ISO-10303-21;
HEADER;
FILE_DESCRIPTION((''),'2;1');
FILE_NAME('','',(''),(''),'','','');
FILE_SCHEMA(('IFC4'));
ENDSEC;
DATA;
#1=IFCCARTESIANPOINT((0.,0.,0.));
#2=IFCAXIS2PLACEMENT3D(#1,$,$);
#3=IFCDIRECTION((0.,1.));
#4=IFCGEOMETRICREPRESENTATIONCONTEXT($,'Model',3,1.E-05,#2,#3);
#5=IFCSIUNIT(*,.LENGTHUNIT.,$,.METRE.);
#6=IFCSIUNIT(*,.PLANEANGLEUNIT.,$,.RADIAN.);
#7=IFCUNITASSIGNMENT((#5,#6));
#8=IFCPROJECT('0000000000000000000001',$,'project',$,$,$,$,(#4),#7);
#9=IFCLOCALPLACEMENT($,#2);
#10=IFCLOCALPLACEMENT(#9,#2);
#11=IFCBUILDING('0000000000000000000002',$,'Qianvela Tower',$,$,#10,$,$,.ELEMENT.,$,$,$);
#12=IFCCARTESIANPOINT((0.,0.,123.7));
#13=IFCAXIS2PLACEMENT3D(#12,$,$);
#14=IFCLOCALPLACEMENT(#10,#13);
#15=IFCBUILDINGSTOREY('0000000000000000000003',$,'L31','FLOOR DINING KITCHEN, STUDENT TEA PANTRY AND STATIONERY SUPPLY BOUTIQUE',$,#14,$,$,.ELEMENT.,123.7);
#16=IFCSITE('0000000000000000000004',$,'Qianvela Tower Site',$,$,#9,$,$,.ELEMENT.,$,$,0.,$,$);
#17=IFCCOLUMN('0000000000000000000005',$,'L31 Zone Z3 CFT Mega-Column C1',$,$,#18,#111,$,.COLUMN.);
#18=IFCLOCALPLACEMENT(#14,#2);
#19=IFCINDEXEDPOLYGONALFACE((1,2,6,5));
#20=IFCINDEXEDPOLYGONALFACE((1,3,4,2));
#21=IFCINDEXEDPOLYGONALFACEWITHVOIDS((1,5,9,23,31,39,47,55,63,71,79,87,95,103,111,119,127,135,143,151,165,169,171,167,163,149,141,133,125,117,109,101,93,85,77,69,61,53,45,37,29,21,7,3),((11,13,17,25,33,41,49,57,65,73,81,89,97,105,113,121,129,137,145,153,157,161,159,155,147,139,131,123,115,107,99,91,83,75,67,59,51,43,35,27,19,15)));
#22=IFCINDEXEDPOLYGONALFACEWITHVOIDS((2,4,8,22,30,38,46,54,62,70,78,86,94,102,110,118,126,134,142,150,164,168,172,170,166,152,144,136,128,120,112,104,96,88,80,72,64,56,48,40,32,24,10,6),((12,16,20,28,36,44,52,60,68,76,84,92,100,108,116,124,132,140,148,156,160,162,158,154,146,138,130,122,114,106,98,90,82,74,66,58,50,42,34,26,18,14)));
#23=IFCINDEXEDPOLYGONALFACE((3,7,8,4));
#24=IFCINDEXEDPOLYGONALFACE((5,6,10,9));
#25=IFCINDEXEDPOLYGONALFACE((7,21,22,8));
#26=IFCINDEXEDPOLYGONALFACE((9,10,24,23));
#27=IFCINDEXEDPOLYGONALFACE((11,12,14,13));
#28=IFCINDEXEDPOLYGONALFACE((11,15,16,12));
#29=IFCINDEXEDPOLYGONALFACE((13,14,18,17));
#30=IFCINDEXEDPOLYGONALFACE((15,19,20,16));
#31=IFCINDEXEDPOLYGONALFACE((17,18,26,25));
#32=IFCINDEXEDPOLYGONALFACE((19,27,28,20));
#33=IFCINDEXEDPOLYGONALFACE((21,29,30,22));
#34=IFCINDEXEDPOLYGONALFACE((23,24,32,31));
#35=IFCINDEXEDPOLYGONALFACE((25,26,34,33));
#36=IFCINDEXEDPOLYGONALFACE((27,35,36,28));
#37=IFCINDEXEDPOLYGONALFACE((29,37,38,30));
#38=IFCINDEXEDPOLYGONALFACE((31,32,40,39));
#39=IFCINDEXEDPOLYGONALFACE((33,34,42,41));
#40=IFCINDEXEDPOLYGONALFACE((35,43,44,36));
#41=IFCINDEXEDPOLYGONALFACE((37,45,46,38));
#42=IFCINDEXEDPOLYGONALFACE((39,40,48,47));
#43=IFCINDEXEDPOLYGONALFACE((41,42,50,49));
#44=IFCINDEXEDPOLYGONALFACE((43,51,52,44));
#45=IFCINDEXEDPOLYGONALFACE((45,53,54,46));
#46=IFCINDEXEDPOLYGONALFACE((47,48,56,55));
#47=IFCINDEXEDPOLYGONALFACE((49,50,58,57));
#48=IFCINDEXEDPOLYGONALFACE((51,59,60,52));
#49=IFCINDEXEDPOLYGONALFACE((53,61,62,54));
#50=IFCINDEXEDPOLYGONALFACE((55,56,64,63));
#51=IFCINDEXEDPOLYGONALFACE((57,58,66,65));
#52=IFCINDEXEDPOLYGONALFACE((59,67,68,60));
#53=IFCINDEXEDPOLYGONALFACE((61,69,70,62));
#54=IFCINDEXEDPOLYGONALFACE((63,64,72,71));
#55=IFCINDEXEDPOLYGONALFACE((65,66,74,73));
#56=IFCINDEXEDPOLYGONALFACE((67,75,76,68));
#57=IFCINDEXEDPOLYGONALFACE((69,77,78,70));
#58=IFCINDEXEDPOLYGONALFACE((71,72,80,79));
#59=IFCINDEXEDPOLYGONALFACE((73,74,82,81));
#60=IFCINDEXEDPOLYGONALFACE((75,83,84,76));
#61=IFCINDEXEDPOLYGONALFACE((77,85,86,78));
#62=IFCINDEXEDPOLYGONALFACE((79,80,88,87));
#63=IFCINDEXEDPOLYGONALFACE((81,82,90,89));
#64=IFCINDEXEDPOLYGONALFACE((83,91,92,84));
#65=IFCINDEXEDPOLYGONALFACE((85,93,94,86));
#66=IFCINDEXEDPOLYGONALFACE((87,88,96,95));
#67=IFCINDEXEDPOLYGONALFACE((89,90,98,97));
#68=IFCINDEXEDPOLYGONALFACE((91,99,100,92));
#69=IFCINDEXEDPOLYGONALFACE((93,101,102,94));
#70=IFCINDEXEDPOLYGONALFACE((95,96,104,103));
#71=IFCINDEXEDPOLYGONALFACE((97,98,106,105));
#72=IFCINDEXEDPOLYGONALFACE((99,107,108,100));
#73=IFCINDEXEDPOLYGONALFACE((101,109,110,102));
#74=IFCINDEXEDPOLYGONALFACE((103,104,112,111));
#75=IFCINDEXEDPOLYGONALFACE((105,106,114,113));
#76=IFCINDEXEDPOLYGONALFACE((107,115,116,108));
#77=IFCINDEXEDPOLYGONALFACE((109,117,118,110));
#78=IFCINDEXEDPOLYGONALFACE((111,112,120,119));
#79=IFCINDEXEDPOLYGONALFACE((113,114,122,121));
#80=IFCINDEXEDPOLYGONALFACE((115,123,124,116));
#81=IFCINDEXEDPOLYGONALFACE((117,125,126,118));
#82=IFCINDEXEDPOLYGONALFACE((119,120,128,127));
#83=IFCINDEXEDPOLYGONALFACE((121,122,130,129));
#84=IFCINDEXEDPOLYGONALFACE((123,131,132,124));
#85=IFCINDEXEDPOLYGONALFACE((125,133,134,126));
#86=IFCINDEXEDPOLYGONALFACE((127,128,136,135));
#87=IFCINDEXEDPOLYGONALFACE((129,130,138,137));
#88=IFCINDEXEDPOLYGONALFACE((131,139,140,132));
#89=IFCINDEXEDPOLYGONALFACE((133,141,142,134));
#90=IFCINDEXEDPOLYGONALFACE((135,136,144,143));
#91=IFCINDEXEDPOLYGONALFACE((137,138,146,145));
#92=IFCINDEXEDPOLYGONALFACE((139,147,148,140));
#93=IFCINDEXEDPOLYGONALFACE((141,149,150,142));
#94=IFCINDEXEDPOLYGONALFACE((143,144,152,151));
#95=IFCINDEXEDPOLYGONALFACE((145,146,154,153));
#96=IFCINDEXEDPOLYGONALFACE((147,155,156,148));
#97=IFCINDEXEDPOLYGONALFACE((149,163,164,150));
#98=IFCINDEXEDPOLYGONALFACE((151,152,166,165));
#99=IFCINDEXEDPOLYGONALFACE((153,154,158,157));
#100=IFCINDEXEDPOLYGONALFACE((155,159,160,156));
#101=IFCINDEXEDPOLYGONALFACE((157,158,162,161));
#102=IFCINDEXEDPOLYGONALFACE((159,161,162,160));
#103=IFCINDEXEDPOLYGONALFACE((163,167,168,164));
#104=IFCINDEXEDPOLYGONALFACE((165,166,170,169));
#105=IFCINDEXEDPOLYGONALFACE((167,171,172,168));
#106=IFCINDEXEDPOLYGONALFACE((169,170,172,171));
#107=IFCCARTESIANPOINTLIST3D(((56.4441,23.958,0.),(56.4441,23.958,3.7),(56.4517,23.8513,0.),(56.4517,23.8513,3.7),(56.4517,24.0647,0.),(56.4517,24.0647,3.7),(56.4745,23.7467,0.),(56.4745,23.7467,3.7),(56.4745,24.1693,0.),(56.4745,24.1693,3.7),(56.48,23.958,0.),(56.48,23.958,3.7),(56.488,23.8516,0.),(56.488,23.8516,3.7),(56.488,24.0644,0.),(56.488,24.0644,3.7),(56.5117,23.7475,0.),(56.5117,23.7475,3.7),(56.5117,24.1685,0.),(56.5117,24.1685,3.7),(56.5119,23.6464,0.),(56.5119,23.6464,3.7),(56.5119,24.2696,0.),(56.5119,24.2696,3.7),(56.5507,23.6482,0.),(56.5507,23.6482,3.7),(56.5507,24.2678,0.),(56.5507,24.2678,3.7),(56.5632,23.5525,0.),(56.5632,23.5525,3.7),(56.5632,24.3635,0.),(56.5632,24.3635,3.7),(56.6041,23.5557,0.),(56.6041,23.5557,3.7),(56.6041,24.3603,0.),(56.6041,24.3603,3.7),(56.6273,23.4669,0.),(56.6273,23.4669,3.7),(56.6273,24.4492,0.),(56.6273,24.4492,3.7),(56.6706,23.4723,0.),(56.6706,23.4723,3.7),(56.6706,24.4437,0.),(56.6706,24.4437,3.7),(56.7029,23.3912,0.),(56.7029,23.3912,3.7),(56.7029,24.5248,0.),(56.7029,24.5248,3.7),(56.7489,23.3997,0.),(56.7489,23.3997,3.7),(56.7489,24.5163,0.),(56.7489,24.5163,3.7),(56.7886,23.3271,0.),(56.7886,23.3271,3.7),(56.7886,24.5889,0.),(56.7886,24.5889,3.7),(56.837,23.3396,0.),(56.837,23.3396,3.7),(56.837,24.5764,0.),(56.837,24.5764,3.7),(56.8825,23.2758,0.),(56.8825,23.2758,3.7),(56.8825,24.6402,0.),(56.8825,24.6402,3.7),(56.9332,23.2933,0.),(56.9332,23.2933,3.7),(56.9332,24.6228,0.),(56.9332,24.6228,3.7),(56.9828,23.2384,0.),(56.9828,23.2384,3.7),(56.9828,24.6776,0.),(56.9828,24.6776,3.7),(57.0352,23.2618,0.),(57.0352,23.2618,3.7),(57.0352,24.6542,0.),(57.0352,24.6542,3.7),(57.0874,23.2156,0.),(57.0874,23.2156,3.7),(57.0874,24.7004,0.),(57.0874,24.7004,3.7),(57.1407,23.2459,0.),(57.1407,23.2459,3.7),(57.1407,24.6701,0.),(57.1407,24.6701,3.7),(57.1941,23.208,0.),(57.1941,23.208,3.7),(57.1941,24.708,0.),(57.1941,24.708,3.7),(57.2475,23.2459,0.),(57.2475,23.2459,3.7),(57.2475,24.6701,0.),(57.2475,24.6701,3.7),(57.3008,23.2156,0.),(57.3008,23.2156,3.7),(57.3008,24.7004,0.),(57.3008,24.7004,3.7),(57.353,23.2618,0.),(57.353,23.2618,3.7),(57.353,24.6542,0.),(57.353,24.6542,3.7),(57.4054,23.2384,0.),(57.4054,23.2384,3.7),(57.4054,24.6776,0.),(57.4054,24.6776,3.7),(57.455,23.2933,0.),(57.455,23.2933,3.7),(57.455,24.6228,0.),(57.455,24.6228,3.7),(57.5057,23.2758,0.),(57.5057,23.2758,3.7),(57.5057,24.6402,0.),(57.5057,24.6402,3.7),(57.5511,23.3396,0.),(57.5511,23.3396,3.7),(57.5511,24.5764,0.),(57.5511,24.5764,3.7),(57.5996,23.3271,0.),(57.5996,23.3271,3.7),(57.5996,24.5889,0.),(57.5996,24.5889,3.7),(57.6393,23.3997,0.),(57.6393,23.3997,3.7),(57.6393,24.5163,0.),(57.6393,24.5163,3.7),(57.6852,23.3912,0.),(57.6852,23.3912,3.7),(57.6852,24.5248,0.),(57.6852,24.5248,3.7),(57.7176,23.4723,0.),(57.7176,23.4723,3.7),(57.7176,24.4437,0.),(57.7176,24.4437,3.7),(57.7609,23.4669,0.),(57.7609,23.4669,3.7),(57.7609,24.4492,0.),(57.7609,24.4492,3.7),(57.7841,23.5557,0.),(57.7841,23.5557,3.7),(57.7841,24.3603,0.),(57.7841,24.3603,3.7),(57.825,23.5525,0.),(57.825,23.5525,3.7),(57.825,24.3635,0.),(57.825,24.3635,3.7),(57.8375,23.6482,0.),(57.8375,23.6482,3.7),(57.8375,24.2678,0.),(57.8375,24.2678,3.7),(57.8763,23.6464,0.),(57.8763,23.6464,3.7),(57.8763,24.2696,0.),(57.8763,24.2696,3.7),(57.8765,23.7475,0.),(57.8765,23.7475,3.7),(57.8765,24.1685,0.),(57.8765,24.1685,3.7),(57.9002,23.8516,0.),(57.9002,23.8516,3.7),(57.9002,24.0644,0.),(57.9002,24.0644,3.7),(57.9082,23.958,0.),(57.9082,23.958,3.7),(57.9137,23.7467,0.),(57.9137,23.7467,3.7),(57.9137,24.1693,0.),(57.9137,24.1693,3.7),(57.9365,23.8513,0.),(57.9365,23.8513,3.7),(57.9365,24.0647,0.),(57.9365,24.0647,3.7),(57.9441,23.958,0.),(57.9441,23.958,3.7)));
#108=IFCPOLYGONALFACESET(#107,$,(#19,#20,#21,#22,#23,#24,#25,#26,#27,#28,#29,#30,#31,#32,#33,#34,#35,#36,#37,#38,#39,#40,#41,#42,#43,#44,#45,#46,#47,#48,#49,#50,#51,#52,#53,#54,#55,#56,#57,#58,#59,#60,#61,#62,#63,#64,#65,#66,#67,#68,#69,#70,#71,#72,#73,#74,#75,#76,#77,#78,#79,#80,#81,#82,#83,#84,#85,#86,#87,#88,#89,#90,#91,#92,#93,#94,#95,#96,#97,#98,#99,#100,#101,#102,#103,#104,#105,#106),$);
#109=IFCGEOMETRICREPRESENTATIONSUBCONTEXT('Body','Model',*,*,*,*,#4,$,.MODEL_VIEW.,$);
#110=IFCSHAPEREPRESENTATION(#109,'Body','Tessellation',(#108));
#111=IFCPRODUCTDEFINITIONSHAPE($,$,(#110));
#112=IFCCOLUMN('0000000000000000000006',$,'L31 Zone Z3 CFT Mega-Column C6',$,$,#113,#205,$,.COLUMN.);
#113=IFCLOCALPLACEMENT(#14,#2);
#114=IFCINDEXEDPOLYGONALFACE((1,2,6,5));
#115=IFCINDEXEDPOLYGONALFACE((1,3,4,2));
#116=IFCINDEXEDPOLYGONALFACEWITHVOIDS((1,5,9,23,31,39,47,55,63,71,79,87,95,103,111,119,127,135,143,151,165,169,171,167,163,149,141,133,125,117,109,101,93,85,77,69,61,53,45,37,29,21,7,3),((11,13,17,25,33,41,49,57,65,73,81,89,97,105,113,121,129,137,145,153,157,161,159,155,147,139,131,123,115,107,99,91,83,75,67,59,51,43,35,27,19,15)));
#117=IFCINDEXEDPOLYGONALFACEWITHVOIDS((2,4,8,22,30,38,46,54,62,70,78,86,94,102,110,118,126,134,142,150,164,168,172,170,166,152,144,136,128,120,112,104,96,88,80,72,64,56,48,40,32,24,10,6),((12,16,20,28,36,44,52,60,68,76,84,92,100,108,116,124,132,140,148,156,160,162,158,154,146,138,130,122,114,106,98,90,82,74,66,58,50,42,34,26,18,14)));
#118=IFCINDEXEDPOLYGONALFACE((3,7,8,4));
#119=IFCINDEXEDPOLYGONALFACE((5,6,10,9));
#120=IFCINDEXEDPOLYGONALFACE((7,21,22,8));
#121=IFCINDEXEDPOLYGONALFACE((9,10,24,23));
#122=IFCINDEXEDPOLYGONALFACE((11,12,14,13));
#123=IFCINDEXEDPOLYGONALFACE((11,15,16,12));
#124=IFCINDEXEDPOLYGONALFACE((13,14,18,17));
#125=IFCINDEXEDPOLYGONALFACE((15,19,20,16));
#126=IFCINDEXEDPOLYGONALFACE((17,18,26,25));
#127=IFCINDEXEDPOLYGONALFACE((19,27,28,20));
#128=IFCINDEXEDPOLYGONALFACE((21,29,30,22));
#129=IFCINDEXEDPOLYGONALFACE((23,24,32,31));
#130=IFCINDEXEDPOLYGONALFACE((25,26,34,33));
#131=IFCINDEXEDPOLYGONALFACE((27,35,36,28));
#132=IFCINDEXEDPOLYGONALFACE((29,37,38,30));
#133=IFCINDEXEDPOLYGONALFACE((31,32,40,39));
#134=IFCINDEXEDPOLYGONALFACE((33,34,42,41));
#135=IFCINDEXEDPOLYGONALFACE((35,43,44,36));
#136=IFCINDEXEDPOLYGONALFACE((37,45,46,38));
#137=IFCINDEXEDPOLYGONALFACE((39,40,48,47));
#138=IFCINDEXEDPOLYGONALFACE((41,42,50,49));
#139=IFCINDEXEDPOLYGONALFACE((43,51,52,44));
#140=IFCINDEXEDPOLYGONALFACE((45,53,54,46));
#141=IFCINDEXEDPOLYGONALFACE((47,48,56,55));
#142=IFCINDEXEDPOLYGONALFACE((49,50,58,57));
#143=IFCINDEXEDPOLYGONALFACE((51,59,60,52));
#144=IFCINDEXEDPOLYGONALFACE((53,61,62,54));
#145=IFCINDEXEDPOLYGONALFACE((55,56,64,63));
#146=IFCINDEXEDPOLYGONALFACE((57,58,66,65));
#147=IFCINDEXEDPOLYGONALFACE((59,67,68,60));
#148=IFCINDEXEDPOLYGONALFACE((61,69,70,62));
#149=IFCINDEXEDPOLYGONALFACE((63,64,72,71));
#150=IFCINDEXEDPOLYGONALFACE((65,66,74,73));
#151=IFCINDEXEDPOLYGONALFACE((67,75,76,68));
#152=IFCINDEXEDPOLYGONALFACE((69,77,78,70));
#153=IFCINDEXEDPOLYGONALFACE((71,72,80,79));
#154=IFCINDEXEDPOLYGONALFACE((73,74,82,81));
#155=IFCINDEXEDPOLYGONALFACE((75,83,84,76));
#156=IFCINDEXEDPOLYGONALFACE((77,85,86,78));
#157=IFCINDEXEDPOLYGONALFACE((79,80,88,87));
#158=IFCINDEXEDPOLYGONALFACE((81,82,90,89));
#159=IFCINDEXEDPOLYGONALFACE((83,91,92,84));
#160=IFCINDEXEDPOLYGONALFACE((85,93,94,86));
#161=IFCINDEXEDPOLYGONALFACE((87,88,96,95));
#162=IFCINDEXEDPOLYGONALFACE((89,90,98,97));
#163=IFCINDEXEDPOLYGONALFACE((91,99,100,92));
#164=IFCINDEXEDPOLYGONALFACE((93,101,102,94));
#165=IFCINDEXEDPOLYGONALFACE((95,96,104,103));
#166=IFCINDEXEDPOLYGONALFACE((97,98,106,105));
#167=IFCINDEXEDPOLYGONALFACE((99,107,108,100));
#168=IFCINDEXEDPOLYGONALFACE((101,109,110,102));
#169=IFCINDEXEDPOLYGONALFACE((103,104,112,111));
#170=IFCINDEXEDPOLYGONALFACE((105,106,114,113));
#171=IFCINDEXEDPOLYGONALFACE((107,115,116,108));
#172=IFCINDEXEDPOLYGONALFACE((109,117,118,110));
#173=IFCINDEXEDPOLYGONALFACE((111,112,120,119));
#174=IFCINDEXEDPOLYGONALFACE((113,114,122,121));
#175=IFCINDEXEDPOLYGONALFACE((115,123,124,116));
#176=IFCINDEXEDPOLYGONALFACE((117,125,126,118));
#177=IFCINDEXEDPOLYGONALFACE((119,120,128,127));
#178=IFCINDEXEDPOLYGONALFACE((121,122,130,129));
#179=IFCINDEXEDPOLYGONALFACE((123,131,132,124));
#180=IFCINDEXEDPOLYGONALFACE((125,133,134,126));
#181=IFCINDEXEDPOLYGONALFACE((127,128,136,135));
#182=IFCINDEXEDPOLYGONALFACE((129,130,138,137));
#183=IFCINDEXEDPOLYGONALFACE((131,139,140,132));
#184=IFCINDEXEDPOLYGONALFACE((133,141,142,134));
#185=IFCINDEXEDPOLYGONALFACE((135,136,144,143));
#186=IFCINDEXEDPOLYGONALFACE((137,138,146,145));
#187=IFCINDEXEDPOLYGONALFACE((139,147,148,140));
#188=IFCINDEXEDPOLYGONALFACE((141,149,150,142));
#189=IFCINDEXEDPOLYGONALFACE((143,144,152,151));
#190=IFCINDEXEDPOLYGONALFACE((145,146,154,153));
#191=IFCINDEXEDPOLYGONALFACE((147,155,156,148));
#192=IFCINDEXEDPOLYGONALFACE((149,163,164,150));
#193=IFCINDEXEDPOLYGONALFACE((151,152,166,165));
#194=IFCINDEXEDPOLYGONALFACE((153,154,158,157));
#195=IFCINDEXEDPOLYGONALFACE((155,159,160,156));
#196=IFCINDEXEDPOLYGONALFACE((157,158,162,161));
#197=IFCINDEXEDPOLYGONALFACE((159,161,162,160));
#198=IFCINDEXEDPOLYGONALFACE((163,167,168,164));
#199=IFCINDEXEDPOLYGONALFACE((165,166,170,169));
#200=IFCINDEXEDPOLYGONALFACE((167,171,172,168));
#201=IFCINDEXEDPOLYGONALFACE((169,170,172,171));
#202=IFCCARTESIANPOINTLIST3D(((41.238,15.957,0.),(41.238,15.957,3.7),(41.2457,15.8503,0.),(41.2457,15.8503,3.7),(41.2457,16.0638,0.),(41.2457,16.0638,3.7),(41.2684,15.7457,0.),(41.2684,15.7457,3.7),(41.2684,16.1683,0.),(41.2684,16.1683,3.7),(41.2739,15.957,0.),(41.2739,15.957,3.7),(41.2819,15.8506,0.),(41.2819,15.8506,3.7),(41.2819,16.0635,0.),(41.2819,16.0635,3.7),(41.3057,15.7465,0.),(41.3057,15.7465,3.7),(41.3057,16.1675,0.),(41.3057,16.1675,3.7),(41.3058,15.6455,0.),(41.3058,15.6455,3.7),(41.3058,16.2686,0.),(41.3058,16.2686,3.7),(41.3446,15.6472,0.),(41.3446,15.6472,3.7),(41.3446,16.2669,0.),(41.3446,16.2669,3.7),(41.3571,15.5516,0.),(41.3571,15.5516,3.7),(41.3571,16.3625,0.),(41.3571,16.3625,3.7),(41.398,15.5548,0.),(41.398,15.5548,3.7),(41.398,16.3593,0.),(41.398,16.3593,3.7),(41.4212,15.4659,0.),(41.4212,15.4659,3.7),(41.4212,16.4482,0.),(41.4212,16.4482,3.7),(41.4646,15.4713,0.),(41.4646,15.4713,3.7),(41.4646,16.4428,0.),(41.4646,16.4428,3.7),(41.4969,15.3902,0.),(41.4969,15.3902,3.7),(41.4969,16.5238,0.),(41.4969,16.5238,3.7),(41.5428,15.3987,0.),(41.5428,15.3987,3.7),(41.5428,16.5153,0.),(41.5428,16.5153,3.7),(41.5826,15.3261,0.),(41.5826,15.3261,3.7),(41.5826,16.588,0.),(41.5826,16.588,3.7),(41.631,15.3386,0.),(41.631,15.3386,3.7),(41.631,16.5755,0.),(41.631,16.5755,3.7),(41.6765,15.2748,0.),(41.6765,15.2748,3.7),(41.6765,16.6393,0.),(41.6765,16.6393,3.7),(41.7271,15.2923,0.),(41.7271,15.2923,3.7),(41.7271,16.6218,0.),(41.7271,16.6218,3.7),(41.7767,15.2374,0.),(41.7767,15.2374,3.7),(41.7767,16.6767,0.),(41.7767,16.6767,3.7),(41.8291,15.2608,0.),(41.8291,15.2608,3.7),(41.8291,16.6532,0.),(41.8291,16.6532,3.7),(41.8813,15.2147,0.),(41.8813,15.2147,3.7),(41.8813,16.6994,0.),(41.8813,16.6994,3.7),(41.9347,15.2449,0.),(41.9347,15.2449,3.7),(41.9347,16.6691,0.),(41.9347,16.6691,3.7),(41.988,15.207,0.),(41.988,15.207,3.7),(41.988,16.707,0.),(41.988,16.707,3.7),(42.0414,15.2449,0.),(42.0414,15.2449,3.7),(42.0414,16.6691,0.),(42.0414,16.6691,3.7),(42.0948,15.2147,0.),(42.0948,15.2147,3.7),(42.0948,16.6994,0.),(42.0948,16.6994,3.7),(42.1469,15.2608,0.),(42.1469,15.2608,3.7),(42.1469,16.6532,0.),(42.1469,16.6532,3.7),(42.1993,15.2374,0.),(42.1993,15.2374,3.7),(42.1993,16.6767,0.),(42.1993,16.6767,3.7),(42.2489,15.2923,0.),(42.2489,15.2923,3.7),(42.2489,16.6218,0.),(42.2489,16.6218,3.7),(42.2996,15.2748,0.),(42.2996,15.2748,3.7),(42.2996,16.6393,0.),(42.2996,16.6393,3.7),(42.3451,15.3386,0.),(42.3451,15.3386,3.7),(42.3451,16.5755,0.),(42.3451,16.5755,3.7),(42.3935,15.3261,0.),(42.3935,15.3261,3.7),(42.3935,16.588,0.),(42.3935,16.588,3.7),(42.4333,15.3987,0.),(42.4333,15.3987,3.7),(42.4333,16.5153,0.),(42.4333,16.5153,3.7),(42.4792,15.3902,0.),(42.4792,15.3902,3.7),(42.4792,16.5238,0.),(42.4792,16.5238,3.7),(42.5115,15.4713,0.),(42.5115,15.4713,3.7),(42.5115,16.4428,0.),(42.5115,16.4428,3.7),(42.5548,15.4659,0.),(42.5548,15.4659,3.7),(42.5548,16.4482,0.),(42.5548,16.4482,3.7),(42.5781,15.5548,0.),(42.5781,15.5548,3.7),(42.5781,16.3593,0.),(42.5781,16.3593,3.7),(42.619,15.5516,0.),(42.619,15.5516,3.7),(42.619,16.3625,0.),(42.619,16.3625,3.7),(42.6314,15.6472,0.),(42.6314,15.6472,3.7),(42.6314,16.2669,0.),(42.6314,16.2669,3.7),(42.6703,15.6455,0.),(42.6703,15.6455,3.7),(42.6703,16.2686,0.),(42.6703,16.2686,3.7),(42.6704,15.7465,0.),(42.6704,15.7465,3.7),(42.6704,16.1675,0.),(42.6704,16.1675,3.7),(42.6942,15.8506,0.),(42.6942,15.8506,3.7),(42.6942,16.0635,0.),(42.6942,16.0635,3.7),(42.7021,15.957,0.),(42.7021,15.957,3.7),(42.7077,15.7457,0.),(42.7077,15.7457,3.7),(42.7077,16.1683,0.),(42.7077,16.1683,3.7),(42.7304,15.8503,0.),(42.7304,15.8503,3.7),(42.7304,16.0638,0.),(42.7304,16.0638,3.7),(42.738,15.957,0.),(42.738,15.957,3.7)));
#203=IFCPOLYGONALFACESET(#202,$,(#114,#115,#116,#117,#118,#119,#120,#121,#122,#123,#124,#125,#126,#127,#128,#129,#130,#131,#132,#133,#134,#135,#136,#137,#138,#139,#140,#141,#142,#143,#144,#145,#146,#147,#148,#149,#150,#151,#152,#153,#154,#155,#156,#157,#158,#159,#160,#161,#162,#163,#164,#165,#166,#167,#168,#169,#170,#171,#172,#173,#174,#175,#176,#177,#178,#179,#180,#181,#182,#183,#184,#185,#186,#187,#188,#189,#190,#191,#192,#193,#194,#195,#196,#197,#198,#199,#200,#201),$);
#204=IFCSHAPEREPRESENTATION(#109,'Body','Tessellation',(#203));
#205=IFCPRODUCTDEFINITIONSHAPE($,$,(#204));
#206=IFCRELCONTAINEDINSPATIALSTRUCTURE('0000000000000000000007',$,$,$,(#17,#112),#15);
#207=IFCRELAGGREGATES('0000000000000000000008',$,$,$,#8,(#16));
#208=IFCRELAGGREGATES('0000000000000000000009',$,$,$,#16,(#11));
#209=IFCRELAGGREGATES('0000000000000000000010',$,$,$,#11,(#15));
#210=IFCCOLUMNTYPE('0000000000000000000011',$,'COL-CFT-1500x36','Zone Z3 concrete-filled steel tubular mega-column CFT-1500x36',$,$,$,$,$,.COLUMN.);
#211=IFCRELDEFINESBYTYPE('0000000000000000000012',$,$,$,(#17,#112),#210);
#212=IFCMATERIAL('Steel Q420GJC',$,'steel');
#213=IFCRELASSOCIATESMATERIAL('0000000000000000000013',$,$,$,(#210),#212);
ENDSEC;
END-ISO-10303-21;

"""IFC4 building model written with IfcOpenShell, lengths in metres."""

from ifc_helpers import new_model, si_unit, direction, frame, origin, origin_2d, place, context, subcontext, project, spatial, hollow_circle, extrude, material, material_profile, profile_set, type_object, element, save


model = new_model("IFC4")

# Units and contexts
model_context = context("Model", 3, precision=1e-05, world=origin(), true_north=direction((0.0, 1.0)))
body_context = subcontext(model_context, "Body", "Model", "MODEL_VIEW")
ifc_project = project(units=[si_unit("LENGTHUNIT", "METRE"), si_unit("PLANEANGLEUNIT", "RADIAN")], contexts=[model_context])

# Site, building, storey
site_placement = place(None, origin())
site = spatial("IfcSite", under=ifc_project, at=site_placement, Name="Qianvela Tower Site", CompositionType="ELEMENT", RefElevation=0.0)
building_placement = place(site_placement, origin())
building = spatial("IfcBuilding", under=site, at=building_placement, Name="Qianvela Tower", CompositionType="ELEMENT")
storey_placement = place(building_placement, frame((0.0, 0.0, 123.7)))
storey = spatial("IfcBuildingStorey", under=building, at=storey_placement, Name="L31", Description="FLOOR DINING KITCHEN, STUDENT TEA PANTRY AND STATIONERY SUPPLY BOUTIQUE", CompositionType="ELEMENT", Elevation=123.7)

# Columns
ifc_material_1 = material(Name="Steel Q420GJC", Category="steel")
ifc_material_profile_1 = material_profile(ifc_material_1, hollow_circle(Radius=0.75, WallThickness=0.0359, at=origin_2d()), Name="CFT-1500x36")
ifc_profile_set_1 = profile_set([ifc_material_profile_1], Name="Steel Q420GJC")
column_type = type_object("IfcColumnType", Name="COL-CFT-1500x36", Description="Zone Z3 concrete-filled steel tubular mega-column CFT-1500x36", PredefinedType="COLUMN", material=ifc_profile_set_1)
for number, where, z_axis, x_axis, name in (
    (1, (57.1941, 23.958, 0.0), (0.0, 0.0, 1.0), (1.0, 0.0, 0.0), "L31 Zone Z3 CFT Mega-Column C1"),
    (2, (41.988, 15.957, 0.0), (0.0, 0.0, 1.0), (1.0, 0.0, 0.0), "L31 Zone Z3 CFT Mega-Column C6"),
):
    element("IfcColumn", number, at=place(storey_placement, frame(where, z_axis=z_axis, x_axis=x_axis)), inside=storey, type_object=column_type, Name=name, PredefinedType="COLUMN", context=body_context, shape_type="SweptSolid", body=[
        extrude(hollow_circle(Radius=0.75, WallThickness=0.0359, at=origin_2d()), origin(), (0.0, 0.0, 1.0), 3.7),
    ])

save(model, "model.ifc")
